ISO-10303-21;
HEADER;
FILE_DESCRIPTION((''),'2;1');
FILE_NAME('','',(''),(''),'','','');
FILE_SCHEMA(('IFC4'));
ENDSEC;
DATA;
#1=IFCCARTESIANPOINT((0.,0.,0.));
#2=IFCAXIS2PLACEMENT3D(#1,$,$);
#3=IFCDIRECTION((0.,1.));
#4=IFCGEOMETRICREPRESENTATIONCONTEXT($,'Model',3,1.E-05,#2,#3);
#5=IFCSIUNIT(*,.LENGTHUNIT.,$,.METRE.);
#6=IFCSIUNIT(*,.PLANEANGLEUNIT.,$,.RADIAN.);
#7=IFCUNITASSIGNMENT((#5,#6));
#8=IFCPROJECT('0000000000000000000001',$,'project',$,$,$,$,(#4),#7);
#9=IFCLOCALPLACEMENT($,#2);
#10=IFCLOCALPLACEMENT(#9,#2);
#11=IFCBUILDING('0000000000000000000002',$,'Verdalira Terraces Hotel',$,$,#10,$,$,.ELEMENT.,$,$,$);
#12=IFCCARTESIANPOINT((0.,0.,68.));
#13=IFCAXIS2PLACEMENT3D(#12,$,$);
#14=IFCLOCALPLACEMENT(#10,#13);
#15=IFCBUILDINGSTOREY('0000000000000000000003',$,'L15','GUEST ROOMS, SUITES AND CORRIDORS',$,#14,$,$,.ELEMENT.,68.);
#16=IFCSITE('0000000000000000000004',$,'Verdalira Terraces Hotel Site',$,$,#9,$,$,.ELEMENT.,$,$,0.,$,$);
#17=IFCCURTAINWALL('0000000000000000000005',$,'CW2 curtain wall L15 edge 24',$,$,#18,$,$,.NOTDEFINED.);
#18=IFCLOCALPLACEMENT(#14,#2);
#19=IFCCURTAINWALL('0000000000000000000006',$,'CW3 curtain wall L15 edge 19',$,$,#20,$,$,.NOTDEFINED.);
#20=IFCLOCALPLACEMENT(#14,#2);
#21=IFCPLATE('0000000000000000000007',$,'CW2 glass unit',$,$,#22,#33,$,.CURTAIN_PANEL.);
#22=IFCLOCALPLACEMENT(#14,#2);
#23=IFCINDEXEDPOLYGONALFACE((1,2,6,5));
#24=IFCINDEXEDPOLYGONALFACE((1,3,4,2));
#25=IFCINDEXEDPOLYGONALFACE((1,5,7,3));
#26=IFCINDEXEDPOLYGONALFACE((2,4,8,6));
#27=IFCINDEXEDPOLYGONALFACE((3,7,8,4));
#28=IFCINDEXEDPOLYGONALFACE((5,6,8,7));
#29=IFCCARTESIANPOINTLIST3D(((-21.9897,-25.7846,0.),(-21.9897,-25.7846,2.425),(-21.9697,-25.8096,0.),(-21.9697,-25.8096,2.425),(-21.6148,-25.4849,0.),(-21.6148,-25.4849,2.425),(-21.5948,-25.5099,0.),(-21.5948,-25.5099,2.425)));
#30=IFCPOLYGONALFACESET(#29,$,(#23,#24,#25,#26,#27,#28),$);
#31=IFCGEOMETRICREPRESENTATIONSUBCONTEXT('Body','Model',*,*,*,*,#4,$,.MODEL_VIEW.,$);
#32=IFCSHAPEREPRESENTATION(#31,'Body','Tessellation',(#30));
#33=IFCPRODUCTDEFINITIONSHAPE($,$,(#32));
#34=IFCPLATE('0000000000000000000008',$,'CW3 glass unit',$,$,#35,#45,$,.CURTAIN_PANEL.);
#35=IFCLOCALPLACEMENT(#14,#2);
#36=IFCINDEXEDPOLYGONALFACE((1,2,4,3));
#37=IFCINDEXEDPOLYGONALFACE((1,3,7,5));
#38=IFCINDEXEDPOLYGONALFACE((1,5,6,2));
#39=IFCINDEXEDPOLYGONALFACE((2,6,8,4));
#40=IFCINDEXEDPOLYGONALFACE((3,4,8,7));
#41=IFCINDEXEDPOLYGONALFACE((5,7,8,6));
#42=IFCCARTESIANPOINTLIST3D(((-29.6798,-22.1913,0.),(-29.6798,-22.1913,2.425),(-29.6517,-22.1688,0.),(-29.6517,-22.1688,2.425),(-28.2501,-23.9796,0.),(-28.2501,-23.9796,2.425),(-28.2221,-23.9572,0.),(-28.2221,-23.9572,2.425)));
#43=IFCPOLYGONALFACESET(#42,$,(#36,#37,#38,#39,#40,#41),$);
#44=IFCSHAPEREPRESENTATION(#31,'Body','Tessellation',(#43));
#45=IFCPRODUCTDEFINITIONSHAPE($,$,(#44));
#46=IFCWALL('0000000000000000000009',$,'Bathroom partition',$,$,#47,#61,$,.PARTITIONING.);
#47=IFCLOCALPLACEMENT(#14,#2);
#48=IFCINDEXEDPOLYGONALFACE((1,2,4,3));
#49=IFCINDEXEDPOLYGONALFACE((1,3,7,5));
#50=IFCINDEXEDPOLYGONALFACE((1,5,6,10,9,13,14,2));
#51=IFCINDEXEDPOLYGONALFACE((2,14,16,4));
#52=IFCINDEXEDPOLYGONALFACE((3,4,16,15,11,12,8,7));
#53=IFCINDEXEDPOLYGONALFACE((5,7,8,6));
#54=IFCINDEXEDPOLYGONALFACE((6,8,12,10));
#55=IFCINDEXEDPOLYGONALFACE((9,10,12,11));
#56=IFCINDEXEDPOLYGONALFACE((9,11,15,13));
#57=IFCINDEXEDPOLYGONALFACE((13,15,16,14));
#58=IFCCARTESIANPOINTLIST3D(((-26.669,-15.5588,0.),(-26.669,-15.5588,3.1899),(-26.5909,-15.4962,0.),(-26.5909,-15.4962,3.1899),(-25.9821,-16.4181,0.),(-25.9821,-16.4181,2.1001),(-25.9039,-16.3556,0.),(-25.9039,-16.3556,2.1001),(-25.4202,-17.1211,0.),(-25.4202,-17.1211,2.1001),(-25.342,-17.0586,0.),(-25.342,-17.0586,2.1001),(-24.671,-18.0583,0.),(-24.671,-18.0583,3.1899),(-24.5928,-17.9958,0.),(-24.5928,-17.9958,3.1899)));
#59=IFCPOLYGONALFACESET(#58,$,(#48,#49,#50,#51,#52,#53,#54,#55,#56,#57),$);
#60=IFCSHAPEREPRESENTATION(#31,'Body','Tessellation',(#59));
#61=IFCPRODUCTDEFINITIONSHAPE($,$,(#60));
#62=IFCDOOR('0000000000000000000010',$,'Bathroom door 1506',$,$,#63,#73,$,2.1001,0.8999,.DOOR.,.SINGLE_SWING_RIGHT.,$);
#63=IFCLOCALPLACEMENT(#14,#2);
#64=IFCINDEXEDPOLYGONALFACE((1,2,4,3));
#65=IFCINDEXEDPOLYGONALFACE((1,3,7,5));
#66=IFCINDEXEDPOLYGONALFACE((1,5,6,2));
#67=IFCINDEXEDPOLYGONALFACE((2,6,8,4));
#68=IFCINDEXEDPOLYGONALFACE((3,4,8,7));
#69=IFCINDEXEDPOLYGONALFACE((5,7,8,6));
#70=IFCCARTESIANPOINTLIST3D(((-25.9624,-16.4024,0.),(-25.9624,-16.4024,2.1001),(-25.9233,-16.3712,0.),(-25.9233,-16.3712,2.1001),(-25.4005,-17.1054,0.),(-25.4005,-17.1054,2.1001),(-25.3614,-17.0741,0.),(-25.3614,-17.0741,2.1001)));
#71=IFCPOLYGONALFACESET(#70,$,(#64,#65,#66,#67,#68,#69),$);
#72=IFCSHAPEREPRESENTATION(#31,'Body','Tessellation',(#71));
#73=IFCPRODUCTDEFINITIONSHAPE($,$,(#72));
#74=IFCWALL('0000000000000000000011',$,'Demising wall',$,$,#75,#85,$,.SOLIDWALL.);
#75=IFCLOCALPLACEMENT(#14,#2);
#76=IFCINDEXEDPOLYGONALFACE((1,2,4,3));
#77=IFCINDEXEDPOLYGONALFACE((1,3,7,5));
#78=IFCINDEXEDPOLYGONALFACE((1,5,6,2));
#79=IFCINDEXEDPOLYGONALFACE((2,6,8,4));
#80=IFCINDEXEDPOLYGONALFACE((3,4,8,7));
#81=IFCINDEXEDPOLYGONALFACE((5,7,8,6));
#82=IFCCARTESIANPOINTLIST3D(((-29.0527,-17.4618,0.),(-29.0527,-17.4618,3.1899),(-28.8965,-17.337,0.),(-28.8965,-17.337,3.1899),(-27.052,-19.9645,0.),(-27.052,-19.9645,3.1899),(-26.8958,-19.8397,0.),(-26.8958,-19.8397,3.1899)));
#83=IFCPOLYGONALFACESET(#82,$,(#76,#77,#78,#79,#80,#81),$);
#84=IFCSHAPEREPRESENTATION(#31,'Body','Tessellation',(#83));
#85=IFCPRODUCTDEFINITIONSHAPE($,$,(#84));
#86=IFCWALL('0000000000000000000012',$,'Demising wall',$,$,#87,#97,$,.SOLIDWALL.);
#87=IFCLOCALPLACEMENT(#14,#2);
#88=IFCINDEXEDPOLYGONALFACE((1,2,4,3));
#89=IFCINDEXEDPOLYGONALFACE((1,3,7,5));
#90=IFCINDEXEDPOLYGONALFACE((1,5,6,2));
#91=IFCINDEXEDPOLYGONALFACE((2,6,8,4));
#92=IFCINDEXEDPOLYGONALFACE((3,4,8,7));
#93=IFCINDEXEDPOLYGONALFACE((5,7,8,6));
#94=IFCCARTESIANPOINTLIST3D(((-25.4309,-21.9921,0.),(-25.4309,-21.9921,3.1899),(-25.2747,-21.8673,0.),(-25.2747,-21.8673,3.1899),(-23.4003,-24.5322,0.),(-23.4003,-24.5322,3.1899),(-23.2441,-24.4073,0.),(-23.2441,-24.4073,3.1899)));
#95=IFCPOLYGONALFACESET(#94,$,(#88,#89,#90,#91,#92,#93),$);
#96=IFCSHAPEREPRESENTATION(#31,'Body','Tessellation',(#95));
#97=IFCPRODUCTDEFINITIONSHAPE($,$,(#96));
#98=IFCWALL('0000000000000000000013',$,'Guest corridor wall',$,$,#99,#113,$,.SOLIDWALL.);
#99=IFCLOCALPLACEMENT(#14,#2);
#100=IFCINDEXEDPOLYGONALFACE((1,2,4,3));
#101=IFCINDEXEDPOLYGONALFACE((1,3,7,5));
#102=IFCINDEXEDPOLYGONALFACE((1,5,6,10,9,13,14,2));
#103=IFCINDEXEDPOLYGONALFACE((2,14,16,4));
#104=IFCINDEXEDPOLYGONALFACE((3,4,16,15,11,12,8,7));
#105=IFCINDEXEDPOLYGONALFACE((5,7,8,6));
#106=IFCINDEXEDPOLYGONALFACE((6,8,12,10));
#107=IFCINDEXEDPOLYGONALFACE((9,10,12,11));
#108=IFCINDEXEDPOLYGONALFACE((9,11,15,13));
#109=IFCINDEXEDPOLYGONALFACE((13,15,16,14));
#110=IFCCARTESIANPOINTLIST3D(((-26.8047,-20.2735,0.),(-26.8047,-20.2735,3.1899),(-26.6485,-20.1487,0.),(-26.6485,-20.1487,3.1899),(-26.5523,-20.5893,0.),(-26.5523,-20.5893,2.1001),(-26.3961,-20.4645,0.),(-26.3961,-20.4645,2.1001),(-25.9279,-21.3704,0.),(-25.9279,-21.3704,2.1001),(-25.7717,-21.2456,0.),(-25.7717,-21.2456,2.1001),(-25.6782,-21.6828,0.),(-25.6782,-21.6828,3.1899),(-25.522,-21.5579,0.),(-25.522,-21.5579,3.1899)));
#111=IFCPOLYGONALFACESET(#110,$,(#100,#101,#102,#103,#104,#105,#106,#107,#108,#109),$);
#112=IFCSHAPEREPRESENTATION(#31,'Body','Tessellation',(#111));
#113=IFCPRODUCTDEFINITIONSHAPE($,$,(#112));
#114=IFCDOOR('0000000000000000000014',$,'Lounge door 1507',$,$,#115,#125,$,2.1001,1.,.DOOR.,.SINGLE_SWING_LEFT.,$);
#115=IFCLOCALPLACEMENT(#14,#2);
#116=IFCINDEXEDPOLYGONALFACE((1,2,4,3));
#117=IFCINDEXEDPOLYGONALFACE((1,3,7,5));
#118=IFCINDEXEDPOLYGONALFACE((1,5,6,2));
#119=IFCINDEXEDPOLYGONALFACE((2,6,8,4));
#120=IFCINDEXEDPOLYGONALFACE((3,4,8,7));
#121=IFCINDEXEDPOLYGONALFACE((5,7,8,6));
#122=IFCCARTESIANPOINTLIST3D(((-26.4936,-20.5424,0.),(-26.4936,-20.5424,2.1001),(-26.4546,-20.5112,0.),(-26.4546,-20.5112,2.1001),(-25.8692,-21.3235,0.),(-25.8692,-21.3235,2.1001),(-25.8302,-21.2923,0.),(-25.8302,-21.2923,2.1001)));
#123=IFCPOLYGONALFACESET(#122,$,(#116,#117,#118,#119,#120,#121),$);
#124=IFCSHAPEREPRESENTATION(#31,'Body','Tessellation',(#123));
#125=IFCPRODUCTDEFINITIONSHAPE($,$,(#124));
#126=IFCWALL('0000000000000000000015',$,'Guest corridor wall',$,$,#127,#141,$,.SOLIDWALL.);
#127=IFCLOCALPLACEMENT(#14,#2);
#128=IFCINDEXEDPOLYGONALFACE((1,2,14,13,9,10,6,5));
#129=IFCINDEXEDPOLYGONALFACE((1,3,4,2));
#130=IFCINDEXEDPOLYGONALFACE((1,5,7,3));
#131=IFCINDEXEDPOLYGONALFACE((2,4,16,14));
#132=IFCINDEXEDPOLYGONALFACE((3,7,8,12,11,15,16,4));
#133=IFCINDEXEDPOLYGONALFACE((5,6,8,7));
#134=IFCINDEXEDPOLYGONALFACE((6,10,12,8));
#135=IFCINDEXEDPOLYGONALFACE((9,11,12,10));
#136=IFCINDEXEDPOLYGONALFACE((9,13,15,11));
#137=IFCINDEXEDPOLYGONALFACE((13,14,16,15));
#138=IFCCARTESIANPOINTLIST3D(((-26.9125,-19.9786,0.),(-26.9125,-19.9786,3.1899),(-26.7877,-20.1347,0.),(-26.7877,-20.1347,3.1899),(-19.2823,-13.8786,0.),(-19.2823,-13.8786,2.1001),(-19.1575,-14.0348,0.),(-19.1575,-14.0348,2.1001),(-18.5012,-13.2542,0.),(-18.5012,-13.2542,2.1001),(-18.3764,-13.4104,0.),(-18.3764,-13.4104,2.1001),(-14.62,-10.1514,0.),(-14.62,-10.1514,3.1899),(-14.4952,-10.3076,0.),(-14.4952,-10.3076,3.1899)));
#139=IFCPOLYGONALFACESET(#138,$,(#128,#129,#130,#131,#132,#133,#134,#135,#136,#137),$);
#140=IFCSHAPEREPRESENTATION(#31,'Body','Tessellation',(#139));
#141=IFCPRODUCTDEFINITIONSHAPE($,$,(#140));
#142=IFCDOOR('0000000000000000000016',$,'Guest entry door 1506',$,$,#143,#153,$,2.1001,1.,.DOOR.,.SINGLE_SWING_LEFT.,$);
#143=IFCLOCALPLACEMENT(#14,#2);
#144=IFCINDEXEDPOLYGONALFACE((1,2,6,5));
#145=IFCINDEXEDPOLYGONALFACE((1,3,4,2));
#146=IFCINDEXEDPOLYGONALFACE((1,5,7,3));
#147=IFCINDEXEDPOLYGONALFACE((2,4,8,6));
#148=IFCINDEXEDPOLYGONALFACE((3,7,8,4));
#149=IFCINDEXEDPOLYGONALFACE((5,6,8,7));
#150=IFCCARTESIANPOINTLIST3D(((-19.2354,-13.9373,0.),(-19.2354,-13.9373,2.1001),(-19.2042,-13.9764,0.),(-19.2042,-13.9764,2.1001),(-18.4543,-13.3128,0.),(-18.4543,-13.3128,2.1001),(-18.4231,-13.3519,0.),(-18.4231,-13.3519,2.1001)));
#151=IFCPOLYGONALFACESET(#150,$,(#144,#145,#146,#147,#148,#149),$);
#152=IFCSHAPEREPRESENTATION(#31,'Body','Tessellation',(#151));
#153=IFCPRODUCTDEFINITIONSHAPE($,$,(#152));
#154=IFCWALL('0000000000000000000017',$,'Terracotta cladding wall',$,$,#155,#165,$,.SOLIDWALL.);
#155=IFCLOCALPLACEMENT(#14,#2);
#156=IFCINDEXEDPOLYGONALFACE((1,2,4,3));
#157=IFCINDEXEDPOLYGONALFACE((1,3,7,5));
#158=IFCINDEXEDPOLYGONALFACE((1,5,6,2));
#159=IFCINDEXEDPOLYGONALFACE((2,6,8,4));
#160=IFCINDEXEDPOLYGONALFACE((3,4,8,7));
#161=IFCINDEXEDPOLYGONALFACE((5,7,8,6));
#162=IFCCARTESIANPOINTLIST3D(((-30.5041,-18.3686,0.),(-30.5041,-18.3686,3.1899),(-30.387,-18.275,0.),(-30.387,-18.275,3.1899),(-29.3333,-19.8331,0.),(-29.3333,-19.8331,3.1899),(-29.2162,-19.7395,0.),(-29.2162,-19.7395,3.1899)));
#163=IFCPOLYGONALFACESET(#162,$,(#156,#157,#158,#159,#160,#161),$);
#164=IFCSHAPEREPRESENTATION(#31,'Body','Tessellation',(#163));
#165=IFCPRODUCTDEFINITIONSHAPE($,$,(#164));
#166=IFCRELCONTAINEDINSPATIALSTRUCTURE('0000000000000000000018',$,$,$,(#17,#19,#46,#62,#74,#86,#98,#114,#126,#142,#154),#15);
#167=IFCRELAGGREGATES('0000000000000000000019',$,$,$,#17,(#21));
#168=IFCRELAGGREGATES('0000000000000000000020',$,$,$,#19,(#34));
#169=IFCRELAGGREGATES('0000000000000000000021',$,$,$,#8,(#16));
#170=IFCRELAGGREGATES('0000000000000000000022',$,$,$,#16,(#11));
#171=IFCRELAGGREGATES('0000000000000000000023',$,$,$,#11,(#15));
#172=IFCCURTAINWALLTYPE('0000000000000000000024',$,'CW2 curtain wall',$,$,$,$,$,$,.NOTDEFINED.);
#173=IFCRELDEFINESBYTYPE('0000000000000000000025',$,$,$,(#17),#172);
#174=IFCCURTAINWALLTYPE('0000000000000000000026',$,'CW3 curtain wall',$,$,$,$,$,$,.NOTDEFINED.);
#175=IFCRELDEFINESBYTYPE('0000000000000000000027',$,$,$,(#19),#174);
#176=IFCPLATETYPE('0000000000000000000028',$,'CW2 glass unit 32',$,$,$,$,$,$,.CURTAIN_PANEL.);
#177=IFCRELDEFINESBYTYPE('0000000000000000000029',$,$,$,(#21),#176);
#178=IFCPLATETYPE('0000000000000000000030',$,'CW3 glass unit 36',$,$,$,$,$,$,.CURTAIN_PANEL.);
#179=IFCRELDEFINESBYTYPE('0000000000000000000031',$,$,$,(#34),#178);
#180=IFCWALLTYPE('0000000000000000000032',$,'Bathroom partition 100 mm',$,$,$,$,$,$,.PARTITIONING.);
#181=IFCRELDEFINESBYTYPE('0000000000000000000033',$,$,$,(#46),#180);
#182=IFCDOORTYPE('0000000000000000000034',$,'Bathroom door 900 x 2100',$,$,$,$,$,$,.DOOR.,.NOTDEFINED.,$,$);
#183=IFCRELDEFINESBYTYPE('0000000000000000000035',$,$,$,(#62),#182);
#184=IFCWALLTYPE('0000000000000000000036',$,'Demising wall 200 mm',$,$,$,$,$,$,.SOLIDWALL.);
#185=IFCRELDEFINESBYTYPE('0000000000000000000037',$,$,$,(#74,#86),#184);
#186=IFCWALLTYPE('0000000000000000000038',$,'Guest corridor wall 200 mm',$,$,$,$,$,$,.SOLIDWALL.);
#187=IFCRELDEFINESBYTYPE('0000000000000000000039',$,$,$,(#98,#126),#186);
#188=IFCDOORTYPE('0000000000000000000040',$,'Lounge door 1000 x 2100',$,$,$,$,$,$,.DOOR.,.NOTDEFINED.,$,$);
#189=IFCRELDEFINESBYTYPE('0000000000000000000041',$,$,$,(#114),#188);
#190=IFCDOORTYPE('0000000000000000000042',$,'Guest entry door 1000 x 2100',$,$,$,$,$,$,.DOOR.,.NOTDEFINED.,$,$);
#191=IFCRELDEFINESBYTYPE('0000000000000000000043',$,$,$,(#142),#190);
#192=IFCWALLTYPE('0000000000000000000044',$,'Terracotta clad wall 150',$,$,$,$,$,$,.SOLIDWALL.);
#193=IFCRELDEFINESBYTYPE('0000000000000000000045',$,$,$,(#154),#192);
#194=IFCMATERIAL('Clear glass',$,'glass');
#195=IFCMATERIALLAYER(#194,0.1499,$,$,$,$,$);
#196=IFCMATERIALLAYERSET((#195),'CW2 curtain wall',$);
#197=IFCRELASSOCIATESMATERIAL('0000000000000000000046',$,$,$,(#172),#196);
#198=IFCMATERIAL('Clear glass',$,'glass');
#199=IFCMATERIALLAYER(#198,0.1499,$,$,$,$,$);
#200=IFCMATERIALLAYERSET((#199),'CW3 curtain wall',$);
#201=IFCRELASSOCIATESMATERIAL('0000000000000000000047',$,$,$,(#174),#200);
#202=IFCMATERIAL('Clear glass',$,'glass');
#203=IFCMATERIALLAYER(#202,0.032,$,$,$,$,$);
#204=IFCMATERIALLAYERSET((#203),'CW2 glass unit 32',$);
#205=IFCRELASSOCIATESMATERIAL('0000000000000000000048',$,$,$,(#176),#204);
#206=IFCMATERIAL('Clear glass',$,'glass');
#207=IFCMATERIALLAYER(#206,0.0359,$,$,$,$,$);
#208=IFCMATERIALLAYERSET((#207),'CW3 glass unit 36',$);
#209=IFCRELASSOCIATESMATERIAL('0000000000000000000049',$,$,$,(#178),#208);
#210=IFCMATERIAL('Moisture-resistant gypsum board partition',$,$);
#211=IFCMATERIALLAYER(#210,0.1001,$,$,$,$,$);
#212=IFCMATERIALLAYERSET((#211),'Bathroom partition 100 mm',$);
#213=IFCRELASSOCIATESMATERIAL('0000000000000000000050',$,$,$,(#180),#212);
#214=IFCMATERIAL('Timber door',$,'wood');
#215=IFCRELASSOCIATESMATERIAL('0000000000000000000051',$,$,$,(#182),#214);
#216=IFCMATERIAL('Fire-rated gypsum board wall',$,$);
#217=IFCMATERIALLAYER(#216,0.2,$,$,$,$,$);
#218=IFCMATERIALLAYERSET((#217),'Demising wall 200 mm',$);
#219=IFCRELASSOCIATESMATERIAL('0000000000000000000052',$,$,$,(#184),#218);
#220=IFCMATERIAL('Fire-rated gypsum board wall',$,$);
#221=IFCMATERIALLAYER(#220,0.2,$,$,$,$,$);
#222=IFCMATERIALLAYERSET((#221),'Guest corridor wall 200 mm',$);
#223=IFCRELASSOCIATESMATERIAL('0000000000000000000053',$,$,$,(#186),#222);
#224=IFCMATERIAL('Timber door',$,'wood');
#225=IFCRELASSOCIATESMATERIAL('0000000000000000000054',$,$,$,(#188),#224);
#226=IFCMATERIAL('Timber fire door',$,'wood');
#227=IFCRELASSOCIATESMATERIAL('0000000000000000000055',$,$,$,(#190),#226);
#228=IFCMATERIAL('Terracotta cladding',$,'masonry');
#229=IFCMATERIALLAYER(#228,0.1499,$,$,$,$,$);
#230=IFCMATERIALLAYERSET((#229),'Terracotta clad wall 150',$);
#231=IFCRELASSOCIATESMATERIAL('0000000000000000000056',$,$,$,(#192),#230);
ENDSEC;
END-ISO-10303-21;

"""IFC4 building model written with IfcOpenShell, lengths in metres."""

from ifc_helpers import new_model, si_unit, direction, frame, frame_2d, origin, origin_2d, place, context, subcontext, project, spatial, rectangle, extrude, material, layer, layer_set, type_object, element, fill, aggregate, save


model = new_model("IFC4")

# Units and contexts
model_context = context("Model", 3, precision=1e-05, world=origin(), true_north=direction((0.0, 1.0)))
body_context = subcontext(model_context, "Body", "Model", "MODEL_VIEW")
ifc_project = project(units=[si_unit("LENGTHUNIT", "METRE"), si_unit("PLANEANGLEUNIT", "RADIAN")], contexts=[model_context])

# Site, building, storey
site_placement = place(None, origin())
site = spatial("IfcSite", under=ifc_project, at=site_placement, Name="Verdalira Terraces Hotel Site", CompositionType="ELEMENT", RefElevation=0.0)
building_placement = place(site_placement, origin())
building = spatial("IfcBuilding", under=site, at=building_placement, Name="Verdalira Terraces Hotel", CompositionType="ELEMENT")
storey_placement = place(building_placement, frame((0.0, 0.0, 68.0)))
storey = spatial("IfcBuildingStorey", under=building, at=storey_placement, Name="L15", Description="GUEST ROOMS, SUITES AND CORRIDORS", CompositionType="ELEMENT", Elevation=68.0)

# Curtain walls
ifc_material_1 = material(Name="Clear glass", Category="glass")
ifc_layer_1 = layer(ifc_material_1, 0.1499)
ifc_layer_set_1 = layer_set([ifc_layer_1], Name="CW2 curtain wall")
curtain_wall_type_1 = type_object("IfcCurtainWallType", Name="CW2 curtain wall", PredefinedType="NOTDEFINED", material=ifc_layer_set_1)
curtain_wall_1_placement = place(storey_placement, origin())
curtain_wall_1 = element("IfcCurtainWall", 1, at=curtain_wall_1_placement, inside=storey, type_object=curtain_wall_type_1, Name="CW2 curtain wall L15 edge 24", PredefinedType="NOTDEFINED")
ifc_material_2 = material(Name="Clear glass", Category="glass")
ifc_layer_2 = layer(ifc_material_2, 0.1499)
ifc_layer_set_2 = layer_set([ifc_layer_2], Name="CW3 curtain wall")
curtain_wall_type_2 = type_object("IfcCurtainWallType", Name="CW3 curtain wall", PredefinedType="NOTDEFINED", material=ifc_layer_set_2)
curtain_wall_2_placement = place(storey_placement, origin())
curtain_wall_2 = element("IfcCurtainWall", 2, at=curtain_wall_2_placement, inside=storey, type_object=curtain_wall_type_2, Name="CW3 curtain wall L15 edge 19", PredefinedType="NOTDEFINED")

# Plates
ifc_material_3 = material(Name="Clear glass", Category="glass")
ifc_layer_3 = layer(ifc_material_3, 0.032)
ifc_layer_set_3 = layer_set([ifc_layer_3], Name="CW2 glass unit 32")
plate_type_1 = type_object("IfcPlateType", Name="CW2 glass unit 32", PredefinedType="CURTAIN_PANEL", material=ifc_layer_set_3)
plate_1_placement = place(storey_placement, frame((-21.7922, -25.6472, 0.0), z_axis=(0.0, 0.0, 1.0), x_axis=(0.781085, 0.624425, 0.0)))
plate_1 = element("IfcPlate", 3, at=plate_1_placement, type_object=plate_type_1, Name="CW2 glass unit", PredefinedType="CURTAIN_PANEL", context=body_context, shape_type="SweptSolid", body=[
    extrude(rectangle(XDim=0.48, YDim=0.032, at=origin_2d()), origin(), (0.0, 0.0, 1.0), 2.425),
])
aggregate(curtain_wall_1, [plate_1])
ifc_material_4 = material(Name="Clear glass", Category="glass")
ifc_layer_4 = layer(ifc_material_4, 0.0359)
ifc_layer_set_4 = layer_set([ifc_layer_4], Name="CW3 glass unit 36")
plate_type_2 = type_object("IfcPlateType", Name="CW3 glass unit 36", PredefinedType="CURTAIN_PANEL", material=ifc_layer_set_4)
plate_2_placement = place(storey_placement, frame((-28.9509, -23.0742, 0.0), z_axis=(0.0, 0.0, 1.0), x_axis=(0.624425, -0.781085, 0.0)))
plate_2 = element("IfcPlate", 4, at=plate_2_placement, type_object=plate_type_2, Name="CW3 glass unit", PredefinedType="CURTAIN_PANEL", context=body_context, shape_type="SweptSolid", body=[
    extrude(rectangle(XDim=2.2896, YDim=0.0359, at=origin_2d()), origin(), (0.0, 0.0, 1.0), 2.425),
])
aggregate(curtain_wall_2, [plate_2])

# Wall, opening, door
ifc_material_5 = material(Name="Moisture-resistant gypsum board partition")
ifc_layer_5 = layer(ifc_material_5, 0.1001)
ifc_layer_set_5 = layer_set([ifc_layer_5], Name="Bathroom partition 100 mm")
wall_type_1 = type_object("IfcWallType", Name="Bathroom partition 100 mm", PredefinedType="PARTITIONING", material=ifc_layer_set_5)
wall_1_placement = place(storey_placement, frame((-24.6318, -18.0271, 0.0), z_axis=(0.0, 0.0, 1.0), x_axis=(-0.624397, 0.781107, 0.0)))
wall_1 = element("IfcWall", 5, at=wall_1_placement, inside=storey, type_object=wall_type_1, Name="Bathroom partition", PredefinedType="PARTITIONING", context=body_context, shape_type="SweptSolid", body=[
    extrude(rectangle(XDim=3.2, YDim=0.1001, at=frame_2d((1.6001, 0.0))), origin(), (0.0, 0.0, 1.0), 3.1899),
])
opening_1_placement = place(wall_1_placement, frame((1.2, 0.0, 0.0)))
opening_1 = element("IfcOpeningElement", 6, at=opening_1_placement, cuts=wall_1, PredefinedType="OPENING", context=body_context, shape_type="SweptSolid", body=[
    extrude(rectangle(XDim=0.8999, YDim=2.1001, at=frame_2d((0.45, 1.05))), frame((0.0, 0.0601, 0.0), z_axis=(0.0, -1.0, 0.0), x_axis=(1.0, 0.0, 0.0)), (0.0, 0.0, 1.0), 0.1201),
])
ifc_material_6 = material(Name="Timber door", Category="wood")
door_type_1 = type_object("IfcDoorType", Name="Bathroom door 900 x 2100", OperationType="NOTDEFINED", PredefinedType="DOOR", material=ifc_material_6)
door_1_placement = place(opening_1_placement, origin())
door_1 = element("IfcDoor", 7, at=door_1_placement, inside=storey, type_object=door_type_1, Name="Bathroom door 1506", OperationType="SINGLE_SWING_RIGHT", OverallHeight=2.1001, OverallWidth=0.8999, PredefinedType="DOOR", context=body_context, shape_type="SweptSolid", body=[
    extrude(rectangle(XDim=0.8999, YDim=2.1001, at=frame_2d((0.45, 1.05))), frame((0.0, 0.0249, 0.0), z_axis=(0.0, -1.0, 0.0), x_axis=(1.0, 0.0, 0.0)), (0.0, 0.0, 1.0), 0.05),
])
fill(opening_1, door_1)

# Walls
ifc_material_7 = material(Name="Fire-rated gypsum board wall")
ifc_layer_6 = layer(ifc_material_7, 0.2)
ifc_layer_set_6 = layer_set([ifc_layer_6], Name="Demising wall 200 mm")
wall_type_2 = type_object("IfcWallType", Name="Demising wall 200 mm", PredefinedType="SOLIDWALL", material=ifc_layer_set_6)
wall_2_placement = place(storey_placement, frame((-28.9746, -17.3994, 0.0), z_axis=(0.0, 0.0, 1.0), x_axis=(0.624426, -0.781084, 0.0)))
element("IfcWall", 8, at=wall_2_placement, inside=storey, type_object=wall_type_2, Name="Demising wall", PredefinedType="SOLIDWALL", context=body_context, shape_type="SweptSolid", body=[
    extrude(rectangle(XDim=3.2041, YDim=0.2, at=frame_2d((1.6021, 0.0))), origin(), (0.0, 0.0, 1.0), 3.1899),
])
wall_3_placement = place(storey_placement, frame((-25.3528, -21.9297, 0.0), z_axis=(0.0, 0.0, 1.0), x_axis=(0.624411, -0.781096, 0.0)))
element("IfcWall", 9, at=wall_3_placement, inside=storey, type_object=wall_type_2, Name="Demising wall", PredefinedType="SOLIDWALL", context=body_context, shape_type="SweptSolid", body=[
    extrude(rectangle(XDim=3.252, YDim=0.2, at=frame_2d((1.626, 0.0))), origin(), (0.0, 0.0, 1.0), 3.1899),
])

# Walls, openings, doors
ifc_material_8 = material(Name="Fire-rated gypsum board wall")
ifc_layer_7 = layer(ifc_material_8, 0.2)
ifc_layer_set_7 = layer_set([ifc_layer_7], Name="Guest corridor wall 200 mm")
wall_type_3 = type_object("IfcWallType", Name="Guest corridor wall 200 mm", PredefinedType="SOLIDWALL", material=ifc_layer_set_7)
wall_4_placement = place(storey_placement, frame((-25.6001, -21.6204, 0.0), z_axis=(0.0, 0.0, 1.0), x_axis=(-0.624398, 0.781106, 0.0)))
wall_4 = element("IfcWall", 10, at=wall_4_placement, inside=storey, type_object=wall_type_3, Name="Guest corridor wall", PredefinedType="SOLIDWALL", context=body_context, shape_type="SweptSolid", body=[
    extrude(rectangle(XDim=1.8042, YDim=0.2, at=frame_2d((0.9021, 0.0))), origin(), (0.0, 0.0, 1.0), 3.1899),
])
opening_2_placement = place(wall_4_placement, frame((0.3999, 0.0, 0.0)))
opening_2 = element("IfcOpeningElement", 11, at=opening_2_placement, cuts=wall_4, PredefinedType="OPENING", context=body_context, shape_type="SweptSolid", body=[
    extrude(rectangle(XDim=1.0, YDim=2.1001, at=frame_2d((0.5, 1.05))), frame((0.0, 0.1099, 0.0), z_axis=(0.0, -1.0, 0.0), x_axis=(1.0, 0.0, 0.0)), (0.0, 0.0, 1.0), 0.22),
])
ifc_material_9 = material(Name="Timber door", Category="wood")
door_type_2 = type_object("IfcDoorType", Name="Lounge door 1000 x 2100", OperationType="NOTDEFINED", PredefinedType="DOOR", material=ifc_material_9)
door_2_placement = place(opening_2_placement, origin())
door_2 = element("IfcDoor", 12, at=door_2_placement, inside=storey, type_object=door_type_2, Name="Lounge door 1507", OperationType="SINGLE_SWING_LEFT", OverallHeight=2.1001, OverallWidth=1.0, PredefinedType="DOOR", context=body_context, shape_type="SweptSolid", body=[
    extrude(rectangle(XDim=1.0, YDim=2.1001, at=frame_2d((0.5, 1.05))), frame((0.0, 0.0249, 0.0), z_axis=(0.0, -1.0, 0.0), x_axis=(1.0, 0.0, 0.0)), (0.0, 0.0, 1.0), 0.05),
])
fill(opening_2, door_2)
wall_5_placement = place(storey_placement, frame((-26.8501, -20.0566, 0.0), z_axis=(0.0, 0.0, 1.0), x_axis=(0.781081, 0.62443, 0.0)))
wall_5 = element("IfcWall", 13, at=wall_5_placement, inside=storey, type_object=wall_type_3, Name="Guest corridor wall", PredefinedType="SOLIDWALL", context=body_context, shape_type="SweptSolid", body=[
    extrude(rectangle(XDim=15.7378, YDim=0.2, at=frame_2d((7.8689, 0.0))), origin(), (0.0, 0.0, 1.0), 3.1899),
])
opening_3_placement = place(wall_5_placement, frame((9.7688, 0.0, 0.0)))
opening_3 = element("IfcOpeningElement", 14, at=opening_3_placement, cuts=wall_5, PredefinedType="OPENING", context=body_context, shape_type="SweptSolid", body=[
    extrude(rectangle(XDim=1.0, YDim=2.1001, at=frame_2d((0.5, 1.05))), frame((0.0, 0.1099, 0.0), z_axis=(0.0, -1.0, 0.0), x_axis=(1.0, 0.0, 0.0)), (0.0, 0.0, 1.0), 0.22),
])
ifc_material_10 = material(Name="Timber fire door", Category="wood")
door_type_3 = type_object("IfcDoorType", Name="Guest entry door 1000 x 2100", OperationType="NOTDEFINED", PredefinedType="DOOR", material=ifc_material_10)
door_3_placement = place(opening_3_placement, origin())
door_3 = element("IfcDoor", 15, at=door_3_placement, inside=storey, type_object=door_type_3, Name="Guest entry door 1506", OperationType="SINGLE_SWING_LEFT", OverallHeight=2.1001, OverallWidth=1.0, PredefinedType="DOOR", context=body_context, shape_type="SweptSolid", body=[
    extrude(rectangle(XDim=1.0, YDim=2.1001, at=frame_2d((0.5, 1.05))), frame((0.0, 0.0249, 0.0), z_axis=(0.0, -1.0, 0.0), x_axis=(1.0, 0.0, 0.0)), (0.0, 0.0, 1.0), 0.05),
])
fill(opening_3, door_3)

# Wall
ifc_material_11 = material(Name="Terracotta cladding", Category="masonry")
ifc_layer_8 = layer(ifc_material_11, 0.1499)
ifc_layer_set_8 = layer_set([ifc_layer_8], Name="Terracotta clad wall 150")
wall_type_4 = type_object("IfcWallType", Name="Terracotta clad wall 150", PredefinedType="SOLIDWALL", material=ifc_layer_set_8)
for number, where, z_axis, x_axis, name in (
    (16, (-30.4456, -18.3218, 0.0), (0.0, 0.0, 1.0), (0.624441, -0.781072, 0.0), "Terracotta cladding wall"),
):
    element("IfcWall", number, at=place(storey_placement, frame(where, z_axis=z_axis, x_axis=x_axis)), inside=storey, type_object=wall_type_4, Name=name, PredefinedType="SOLIDWALL", context=body_context, shape_type="SweptSolid", body=[
        extrude(rectangle(XDim=1.875, YDim=0.1499, at=frame_2d((0.9375, 0.0))), origin(), (0.0, 0.0, 1.0), 3.1899),
    ])

save(model, "model.ifc")
